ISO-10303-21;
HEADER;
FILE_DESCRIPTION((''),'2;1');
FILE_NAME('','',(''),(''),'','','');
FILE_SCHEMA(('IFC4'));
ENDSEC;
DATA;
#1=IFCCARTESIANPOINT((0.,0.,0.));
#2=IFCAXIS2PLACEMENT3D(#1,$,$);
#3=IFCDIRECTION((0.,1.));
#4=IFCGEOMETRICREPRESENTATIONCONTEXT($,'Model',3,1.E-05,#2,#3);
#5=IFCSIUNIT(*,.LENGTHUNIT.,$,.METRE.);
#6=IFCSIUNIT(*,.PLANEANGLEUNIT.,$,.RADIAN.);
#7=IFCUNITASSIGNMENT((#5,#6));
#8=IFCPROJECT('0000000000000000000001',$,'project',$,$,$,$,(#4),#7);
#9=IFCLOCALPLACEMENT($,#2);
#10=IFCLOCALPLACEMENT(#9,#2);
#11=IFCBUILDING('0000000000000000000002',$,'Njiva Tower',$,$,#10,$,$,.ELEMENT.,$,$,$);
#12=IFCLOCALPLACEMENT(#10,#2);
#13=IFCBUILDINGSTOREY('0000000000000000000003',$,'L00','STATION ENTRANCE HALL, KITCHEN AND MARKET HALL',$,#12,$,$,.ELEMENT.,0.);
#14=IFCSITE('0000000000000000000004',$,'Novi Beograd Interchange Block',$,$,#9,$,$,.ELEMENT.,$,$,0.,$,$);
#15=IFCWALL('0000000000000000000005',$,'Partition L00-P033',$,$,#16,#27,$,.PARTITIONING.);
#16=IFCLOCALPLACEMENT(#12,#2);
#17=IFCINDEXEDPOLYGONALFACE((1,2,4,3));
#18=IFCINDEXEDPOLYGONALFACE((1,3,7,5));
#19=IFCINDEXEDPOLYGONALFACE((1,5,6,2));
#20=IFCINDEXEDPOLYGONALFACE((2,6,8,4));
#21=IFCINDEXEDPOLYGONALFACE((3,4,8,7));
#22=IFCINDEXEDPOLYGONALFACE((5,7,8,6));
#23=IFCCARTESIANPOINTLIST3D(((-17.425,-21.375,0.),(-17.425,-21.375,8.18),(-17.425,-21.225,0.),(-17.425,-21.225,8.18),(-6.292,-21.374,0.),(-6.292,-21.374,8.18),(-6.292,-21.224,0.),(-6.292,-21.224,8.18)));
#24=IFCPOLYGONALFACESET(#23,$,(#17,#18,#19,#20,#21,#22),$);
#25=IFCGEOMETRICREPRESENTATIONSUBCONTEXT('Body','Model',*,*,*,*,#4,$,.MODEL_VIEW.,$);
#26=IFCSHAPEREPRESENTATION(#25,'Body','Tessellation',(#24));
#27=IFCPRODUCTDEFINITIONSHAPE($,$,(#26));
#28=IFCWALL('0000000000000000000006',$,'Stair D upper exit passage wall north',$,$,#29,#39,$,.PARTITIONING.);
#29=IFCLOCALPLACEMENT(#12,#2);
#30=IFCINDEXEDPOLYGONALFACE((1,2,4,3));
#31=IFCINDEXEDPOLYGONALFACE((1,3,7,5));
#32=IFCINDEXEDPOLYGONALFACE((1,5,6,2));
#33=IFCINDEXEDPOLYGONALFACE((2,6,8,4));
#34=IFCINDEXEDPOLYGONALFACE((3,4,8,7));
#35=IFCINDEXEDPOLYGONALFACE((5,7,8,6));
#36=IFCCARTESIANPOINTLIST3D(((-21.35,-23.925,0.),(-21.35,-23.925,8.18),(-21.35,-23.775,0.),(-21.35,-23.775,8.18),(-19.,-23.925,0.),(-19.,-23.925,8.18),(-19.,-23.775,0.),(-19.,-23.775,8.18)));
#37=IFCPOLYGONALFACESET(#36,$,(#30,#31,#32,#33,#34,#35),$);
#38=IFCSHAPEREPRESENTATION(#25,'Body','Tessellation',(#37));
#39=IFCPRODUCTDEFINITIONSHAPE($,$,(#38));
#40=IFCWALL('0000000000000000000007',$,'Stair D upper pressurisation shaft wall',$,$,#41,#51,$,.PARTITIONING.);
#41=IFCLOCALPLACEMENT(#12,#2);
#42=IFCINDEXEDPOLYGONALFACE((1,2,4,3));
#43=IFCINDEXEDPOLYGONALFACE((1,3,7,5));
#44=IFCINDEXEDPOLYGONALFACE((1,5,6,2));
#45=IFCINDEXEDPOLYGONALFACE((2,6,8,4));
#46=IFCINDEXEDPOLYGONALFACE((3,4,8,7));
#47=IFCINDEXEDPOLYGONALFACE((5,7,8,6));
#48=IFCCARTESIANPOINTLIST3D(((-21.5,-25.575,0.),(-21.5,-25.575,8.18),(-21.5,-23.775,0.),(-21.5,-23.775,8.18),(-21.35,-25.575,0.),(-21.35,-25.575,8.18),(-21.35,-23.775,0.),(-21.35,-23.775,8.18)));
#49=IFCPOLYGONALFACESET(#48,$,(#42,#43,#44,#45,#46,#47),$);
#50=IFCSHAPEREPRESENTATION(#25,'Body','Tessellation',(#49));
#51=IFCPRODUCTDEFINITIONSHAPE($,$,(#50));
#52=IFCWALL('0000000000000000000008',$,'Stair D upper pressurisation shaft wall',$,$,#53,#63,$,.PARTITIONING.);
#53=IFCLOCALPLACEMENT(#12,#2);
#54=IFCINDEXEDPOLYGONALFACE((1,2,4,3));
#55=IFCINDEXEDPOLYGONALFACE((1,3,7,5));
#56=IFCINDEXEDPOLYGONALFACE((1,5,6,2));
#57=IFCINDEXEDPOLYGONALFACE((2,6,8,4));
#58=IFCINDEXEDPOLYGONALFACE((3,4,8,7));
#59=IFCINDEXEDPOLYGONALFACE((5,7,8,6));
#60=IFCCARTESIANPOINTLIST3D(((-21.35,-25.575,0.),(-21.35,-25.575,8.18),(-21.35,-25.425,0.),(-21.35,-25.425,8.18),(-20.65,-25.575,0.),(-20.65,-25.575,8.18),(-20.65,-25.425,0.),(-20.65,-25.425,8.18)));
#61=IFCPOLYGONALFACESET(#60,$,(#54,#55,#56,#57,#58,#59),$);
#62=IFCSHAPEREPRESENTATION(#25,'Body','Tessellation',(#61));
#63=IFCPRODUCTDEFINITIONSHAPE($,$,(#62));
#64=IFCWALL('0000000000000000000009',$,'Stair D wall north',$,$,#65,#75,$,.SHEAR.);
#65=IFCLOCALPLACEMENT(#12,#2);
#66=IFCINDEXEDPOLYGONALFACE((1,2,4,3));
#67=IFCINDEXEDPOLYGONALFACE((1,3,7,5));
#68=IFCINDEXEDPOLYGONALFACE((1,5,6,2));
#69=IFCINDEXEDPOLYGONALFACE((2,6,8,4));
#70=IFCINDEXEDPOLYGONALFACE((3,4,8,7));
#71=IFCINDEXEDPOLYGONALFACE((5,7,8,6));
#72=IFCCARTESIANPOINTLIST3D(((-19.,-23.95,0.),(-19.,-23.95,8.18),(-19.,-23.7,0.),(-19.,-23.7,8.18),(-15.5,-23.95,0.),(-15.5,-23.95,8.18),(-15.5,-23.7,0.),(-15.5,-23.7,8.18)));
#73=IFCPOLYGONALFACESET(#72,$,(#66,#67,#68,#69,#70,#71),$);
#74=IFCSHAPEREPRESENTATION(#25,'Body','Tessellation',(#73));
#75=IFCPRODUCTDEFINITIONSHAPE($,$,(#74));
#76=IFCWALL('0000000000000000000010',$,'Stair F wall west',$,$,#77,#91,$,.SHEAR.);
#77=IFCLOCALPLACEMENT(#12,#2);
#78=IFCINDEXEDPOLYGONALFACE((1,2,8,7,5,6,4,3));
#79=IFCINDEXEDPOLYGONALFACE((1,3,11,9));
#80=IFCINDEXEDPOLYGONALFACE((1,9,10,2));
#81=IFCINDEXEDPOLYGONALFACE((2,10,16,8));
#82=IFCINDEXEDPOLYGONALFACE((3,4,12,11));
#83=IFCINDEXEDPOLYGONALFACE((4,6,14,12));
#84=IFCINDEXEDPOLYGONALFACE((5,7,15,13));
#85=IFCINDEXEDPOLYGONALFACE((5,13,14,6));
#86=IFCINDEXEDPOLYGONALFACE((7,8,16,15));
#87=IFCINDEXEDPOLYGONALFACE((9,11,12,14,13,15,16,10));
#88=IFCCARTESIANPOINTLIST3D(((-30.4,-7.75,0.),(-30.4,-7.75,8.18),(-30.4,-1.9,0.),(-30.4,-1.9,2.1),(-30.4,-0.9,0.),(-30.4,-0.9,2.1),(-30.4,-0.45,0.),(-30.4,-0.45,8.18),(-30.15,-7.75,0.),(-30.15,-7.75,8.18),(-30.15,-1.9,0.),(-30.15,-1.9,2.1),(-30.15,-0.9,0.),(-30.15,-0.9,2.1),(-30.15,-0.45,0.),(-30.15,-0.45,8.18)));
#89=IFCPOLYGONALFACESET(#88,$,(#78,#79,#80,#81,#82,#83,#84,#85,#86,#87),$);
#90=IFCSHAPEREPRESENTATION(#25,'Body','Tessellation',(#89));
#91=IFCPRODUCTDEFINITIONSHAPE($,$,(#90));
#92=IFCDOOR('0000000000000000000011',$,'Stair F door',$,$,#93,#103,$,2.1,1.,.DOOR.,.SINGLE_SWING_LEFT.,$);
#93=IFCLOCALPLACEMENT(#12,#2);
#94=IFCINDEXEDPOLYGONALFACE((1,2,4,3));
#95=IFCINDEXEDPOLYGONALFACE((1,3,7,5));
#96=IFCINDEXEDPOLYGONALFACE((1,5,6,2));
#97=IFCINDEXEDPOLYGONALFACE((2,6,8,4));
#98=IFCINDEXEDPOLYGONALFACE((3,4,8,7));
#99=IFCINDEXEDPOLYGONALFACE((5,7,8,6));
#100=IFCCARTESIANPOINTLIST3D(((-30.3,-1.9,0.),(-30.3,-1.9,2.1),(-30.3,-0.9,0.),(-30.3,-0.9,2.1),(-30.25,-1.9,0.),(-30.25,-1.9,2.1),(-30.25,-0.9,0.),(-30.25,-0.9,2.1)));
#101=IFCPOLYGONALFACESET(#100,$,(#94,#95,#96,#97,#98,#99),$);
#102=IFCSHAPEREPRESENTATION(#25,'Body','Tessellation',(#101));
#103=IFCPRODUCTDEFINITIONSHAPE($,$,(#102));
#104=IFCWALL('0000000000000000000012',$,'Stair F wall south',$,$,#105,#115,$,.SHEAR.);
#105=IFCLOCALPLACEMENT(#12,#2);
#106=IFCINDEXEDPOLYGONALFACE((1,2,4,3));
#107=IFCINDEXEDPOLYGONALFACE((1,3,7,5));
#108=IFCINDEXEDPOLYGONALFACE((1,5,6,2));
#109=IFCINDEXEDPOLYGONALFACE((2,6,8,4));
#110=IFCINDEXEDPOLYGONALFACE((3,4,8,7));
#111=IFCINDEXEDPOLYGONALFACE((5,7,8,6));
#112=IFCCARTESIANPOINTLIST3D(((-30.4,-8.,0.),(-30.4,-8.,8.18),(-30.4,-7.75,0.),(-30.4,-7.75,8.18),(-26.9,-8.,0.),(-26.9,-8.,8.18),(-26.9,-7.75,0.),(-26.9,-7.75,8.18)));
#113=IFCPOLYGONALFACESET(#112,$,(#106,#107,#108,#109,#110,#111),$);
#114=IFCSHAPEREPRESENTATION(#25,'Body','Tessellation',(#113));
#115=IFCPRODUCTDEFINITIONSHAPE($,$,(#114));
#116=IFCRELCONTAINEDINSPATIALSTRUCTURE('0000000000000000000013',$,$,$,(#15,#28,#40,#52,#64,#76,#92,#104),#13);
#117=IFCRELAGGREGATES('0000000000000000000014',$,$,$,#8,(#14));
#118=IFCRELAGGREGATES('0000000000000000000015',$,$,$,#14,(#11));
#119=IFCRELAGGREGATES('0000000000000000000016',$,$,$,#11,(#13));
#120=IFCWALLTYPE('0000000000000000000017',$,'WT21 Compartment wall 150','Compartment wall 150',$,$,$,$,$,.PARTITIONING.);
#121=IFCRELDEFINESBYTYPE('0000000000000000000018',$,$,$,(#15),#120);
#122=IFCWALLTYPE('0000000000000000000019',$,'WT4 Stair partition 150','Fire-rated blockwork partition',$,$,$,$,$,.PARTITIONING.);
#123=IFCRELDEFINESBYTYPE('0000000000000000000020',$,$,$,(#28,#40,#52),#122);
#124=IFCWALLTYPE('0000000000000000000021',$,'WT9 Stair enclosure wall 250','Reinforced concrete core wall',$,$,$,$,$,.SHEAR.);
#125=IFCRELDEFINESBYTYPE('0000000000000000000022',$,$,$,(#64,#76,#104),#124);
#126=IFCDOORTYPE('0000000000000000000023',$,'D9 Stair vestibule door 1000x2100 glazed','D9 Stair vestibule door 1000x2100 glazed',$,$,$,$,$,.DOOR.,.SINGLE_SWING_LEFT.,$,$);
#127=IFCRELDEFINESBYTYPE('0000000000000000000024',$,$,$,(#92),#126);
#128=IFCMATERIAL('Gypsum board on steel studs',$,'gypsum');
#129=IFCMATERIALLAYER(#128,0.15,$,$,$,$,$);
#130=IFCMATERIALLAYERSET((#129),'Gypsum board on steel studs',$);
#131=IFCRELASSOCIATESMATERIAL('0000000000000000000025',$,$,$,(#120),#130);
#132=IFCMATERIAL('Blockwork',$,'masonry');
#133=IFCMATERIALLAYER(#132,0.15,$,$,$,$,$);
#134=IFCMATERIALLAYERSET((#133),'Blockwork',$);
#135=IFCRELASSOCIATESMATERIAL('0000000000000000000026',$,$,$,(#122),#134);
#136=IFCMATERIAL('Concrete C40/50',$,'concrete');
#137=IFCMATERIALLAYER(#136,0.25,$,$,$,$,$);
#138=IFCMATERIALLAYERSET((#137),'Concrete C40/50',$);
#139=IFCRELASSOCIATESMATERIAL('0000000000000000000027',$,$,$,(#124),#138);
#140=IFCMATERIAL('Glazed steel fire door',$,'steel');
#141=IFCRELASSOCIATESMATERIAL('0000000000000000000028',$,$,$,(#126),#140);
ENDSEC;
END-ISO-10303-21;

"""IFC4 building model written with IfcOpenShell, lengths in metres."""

from ifc_helpers import new_model, si_unit, direction, frame, frame_2d, origin, place, context, subcontext, project, spatial, rectangle, extrude, material, layer, layer_set, type_object, element, fill, save


model = new_model("IFC4")

# Units and contexts
model_context = context("Model", 3, precision=1e-05, world=origin(), true_north=direction((0.0, 1.0)))
body_context = subcontext(model_context, "Body", "Model", "MODEL_VIEW")
ifc_project = project(units=[si_unit("LENGTHUNIT", "METRE"), si_unit("PLANEANGLEUNIT", "RADIAN")], contexts=[model_context])

# Site, building, storey
site_placement = place(None, origin())
site = spatial("IfcSite", under=ifc_project, at=site_placement, Name="Novi Beograd Interchange Block", CompositionType="ELEMENT", RefElevation=0.0)
building_placement = place(site_placement, origin())
building = spatial("IfcBuilding", under=site, at=building_placement, Name="Njiva Tower", CompositionType="ELEMENT")
storey_placement = place(building_placement, origin())
storey = spatial("IfcBuildingStorey", under=building, at=storey_placement, Name="L00", Description="STATION ENTRANCE HALL, KITCHEN AND MARKET HALL", CompositionType="ELEMENT", Elevation=0.0)

# Shared definitions
ifc_material_1 = material(Name="Gypsum board on steel studs", Category="gypsum")
ifc_layer_1 = layer(ifc_material_1, 0.15)
ifc_layer_set_1 = layer_set([ifc_layer_1], Name="Gypsum board on steel studs")
wall_type_1 = type_object("IfcWallType", Name="WT21 Compartment wall 150", Description="Compartment wall 150", PredefinedType="PARTITIONING", material=ifc_layer_set_1)

# Walls
wall_1_placement = place(storey_placement, frame((-17.425, -21.3, 0.0), z_axis=(0.0, 0.0, 1.0), x_axis=(1.0, 0.00009, 0.0)))
element("IfcWall", 1, at=wall_1_placement, inside=storey, type_object=wall_type_1, Name="Partition L00-P033", PredefinedType="PARTITIONING", context=body_context, shape_type="SweptSolid", body=[
    extrude(rectangle(XDim=11.133, YDim=0.15, at=frame_2d((5.5665, 0.0))), origin(), (0.0, 0.0, 1.0), 8.18),
])
ifc_material_2 = material(Name="Blockwork", Category="masonry")
ifc_layer_2 = layer(ifc_material_2, 0.15)
ifc_layer_set_2 = layer_set([ifc_layer_2], Name="Blockwork")
wall_type_2 = type_object("IfcWallType", Name="WT4 Stair partition 150", Description="Fire-rated blockwork partition", PredefinedType="PARTITIONING", material=ifc_layer_set_2)
wall_2_placement = place(storey_placement, frame((-19.0, -23.85, 0.0), z_axis=(0.0, 0.0, 1.0), x_axis=(-1.0, 0.0, 0.0)))
element("IfcWall", 2, at=wall_2_placement, inside=storey, type_object=wall_type_2, Name="Stair D upper exit passage wall north", PredefinedType="PARTITIONING", context=body_context, shape_type="SweptSolid", body=[
    extrude(rectangle(XDim=2.35, YDim=0.15, at=frame_2d((1.175, 0.0))), origin(), (0.0, 0.0, 1.0), 8.18),
])
wall_3_placement = place(storey_placement, frame((-21.425, -25.575, 0.0), z_axis=(0.0, 0.0, 1.0), x_axis=(0.0, 1.0, 0.0)))
element("IfcWall", 3, at=wall_3_placement, inside=storey, type_object=wall_type_2, Name="Stair D upper pressurisation shaft wall", PredefinedType="PARTITIONING", context=body_context, shape_type="SweptSolid", body=[
    extrude(rectangle(XDim=1.8, YDim=0.15, at=frame_2d((0.9, 0.0))), origin(), (0.0, 0.0, 1.0), 8.18),
])
wall_4_placement = place(storey_placement, frame((-20.65, -25.5, 0.0), z_axis=(0.0, 0.0, 1.0), x_axis=(-1.0, 0.0, 0.0)))
element("IfcWall", 4, at=wall_4_placement, inside=storey, type_object=wall_type_2, Name="Stair D upper pressurisation shaft wall", PredefinedType="PARTITIONING", context=body_context, shape_type="SweptSolid", body=[
    extrude(rectangle(XDim=0.7, YDim=0.15, at=frame_2d((0.35, 0.0))), origin(), (0.0, 0.0, 1.0), 8.18),
])
ifc_material_3 = material(Name="Concrete C40/50", Category="concrete")
ifc_layer_3 = layer(ifc_material_3, 0.25)
ifc_layer_set_3 = layer_set([ifc_layer_3], Name="Concrete C40/50")
wall_type_3 = type_object("IfcWallType", Name="WT9 Stair enclosure wall 250", Description="Reinforced concrete core wall", PredefinedType="SHEAR", material=ifc_layer_set_3)
wall_5_placement = place(storey_placement, frame((-19.0, -23.825, 0.0), z_axis=(0.0, 0.0, 1.0), x_axis=(1.0, 0.0, 0.0)))
element("IfcWall", 5, at=wall_5_placement, inside=storey, type_object=wall_type_3, Name="Stair D wall north", PredefinedType="SHEAR", context=body_context, shape_type="SweptSolid", body=[
    extrude(rectangle(XDim=3.5, YDim=0.25, at=frame_2d((1.75, 0.0))), origin(), (0.0, 0.0, 1.0), 8.18),
])

# Wall, opening, door
wall_6_placement = place(storey_placement, frame((-30.275, -7.75, 0.0), z_axis=(0.0, 0.0, 1.0), x_axis=(0.0, 1.0, 0.0)))
wall_6 = element("IfcWall", 6, at=wall_6_placement, inside=storey, type_object=wall_type_3, Name="Stair F wall west", PredefinedType="SHEAR", context=body_context, shape_type="SweptSolid", body=[
    extrude(rectangle(XDim=7.3, YDim=0.25, at=frame_2d((3.65, 0.0))), origin(), (0.0, 0.0, 1.0), 8.18),
])
opening_1_placement = place(wall_6_placement, frame((5.85, 0.0, 0.0)))
opening_1 = element("IfcOpeningElement", 7, at=opening_1_placement, cuts=wall_6, PredefinedType="OPENING", context=body_context, shape_type="SweptSolid", body=[
    extrude(rectangle(XDim=1.0, YDim=2.1, at=frame_2d((0.5, 1.05))), frame((0.0, 0.135, 0.0), z_axis=(0.0, -1.0, 0.0), x_axis=(1.0, 0.0, 0.0)), (0.0, 0.0, 1.0), 0.27),
])
ifc_material_4 = material(Name="Glazed steel fire door", Category="steel")
door_type_1 = type_object("IfcDoorType", Name="D9 Stair vestibule door 1000x2100 glazed", Description="D9 Stair vestibule door 1000x2100 glazed", OperationType="SINGLE_SWING_LEFT", PredefinedType="DOOR", material=ifc_material_4)
door_1_placement = place(opening_1_placement, origin())
door_1 = element("IfcDoor", 8, at=door_1_placement, inside=storey, type_object=door_type_1, Name="Stair F door", OperationType="SINGLE_SWING_LEFT", OverallHeight=2.1, OverallWidth=1.0, PredefinedType="DOOR", context=body_context, shape_type="SweptSolid", body=[
    extrude(rectangle(XDim=1.0, YDim=2.1, at=frame_2d((0.5, 1.05))), frame((0.0, 0.025, 0.0), z_axis=(0.0, -1.0, 0.0), x_axis=(1.0, 0.0, 0.0)), (0.0, 0.0, 1.0), 0.05),
])
fill(opening_1, door_1)

# Wall
wall_7_placement = place(storey_placement, frame((-30.4, -7.875, 0.0), z_axis=(0.0, 0.0, 1.0), x_axis=(1.0, 0.0, 0.0)))
element("IfcWall", 9, at=wall_7_placement, inside=storey, type_object=wall_type_3, Name="Stair F wall south", PredefinedType="SHEAR", context=body_context, shape_type="SweptSolid", body=[
    extrude(rectangle(XDim=3.5, YDim=0.25, at=frame_2d((1.75, 0.0))), origin(), (0.0, 0.0, 1.0), 8.18),
])

save(model, "model.ifc")
